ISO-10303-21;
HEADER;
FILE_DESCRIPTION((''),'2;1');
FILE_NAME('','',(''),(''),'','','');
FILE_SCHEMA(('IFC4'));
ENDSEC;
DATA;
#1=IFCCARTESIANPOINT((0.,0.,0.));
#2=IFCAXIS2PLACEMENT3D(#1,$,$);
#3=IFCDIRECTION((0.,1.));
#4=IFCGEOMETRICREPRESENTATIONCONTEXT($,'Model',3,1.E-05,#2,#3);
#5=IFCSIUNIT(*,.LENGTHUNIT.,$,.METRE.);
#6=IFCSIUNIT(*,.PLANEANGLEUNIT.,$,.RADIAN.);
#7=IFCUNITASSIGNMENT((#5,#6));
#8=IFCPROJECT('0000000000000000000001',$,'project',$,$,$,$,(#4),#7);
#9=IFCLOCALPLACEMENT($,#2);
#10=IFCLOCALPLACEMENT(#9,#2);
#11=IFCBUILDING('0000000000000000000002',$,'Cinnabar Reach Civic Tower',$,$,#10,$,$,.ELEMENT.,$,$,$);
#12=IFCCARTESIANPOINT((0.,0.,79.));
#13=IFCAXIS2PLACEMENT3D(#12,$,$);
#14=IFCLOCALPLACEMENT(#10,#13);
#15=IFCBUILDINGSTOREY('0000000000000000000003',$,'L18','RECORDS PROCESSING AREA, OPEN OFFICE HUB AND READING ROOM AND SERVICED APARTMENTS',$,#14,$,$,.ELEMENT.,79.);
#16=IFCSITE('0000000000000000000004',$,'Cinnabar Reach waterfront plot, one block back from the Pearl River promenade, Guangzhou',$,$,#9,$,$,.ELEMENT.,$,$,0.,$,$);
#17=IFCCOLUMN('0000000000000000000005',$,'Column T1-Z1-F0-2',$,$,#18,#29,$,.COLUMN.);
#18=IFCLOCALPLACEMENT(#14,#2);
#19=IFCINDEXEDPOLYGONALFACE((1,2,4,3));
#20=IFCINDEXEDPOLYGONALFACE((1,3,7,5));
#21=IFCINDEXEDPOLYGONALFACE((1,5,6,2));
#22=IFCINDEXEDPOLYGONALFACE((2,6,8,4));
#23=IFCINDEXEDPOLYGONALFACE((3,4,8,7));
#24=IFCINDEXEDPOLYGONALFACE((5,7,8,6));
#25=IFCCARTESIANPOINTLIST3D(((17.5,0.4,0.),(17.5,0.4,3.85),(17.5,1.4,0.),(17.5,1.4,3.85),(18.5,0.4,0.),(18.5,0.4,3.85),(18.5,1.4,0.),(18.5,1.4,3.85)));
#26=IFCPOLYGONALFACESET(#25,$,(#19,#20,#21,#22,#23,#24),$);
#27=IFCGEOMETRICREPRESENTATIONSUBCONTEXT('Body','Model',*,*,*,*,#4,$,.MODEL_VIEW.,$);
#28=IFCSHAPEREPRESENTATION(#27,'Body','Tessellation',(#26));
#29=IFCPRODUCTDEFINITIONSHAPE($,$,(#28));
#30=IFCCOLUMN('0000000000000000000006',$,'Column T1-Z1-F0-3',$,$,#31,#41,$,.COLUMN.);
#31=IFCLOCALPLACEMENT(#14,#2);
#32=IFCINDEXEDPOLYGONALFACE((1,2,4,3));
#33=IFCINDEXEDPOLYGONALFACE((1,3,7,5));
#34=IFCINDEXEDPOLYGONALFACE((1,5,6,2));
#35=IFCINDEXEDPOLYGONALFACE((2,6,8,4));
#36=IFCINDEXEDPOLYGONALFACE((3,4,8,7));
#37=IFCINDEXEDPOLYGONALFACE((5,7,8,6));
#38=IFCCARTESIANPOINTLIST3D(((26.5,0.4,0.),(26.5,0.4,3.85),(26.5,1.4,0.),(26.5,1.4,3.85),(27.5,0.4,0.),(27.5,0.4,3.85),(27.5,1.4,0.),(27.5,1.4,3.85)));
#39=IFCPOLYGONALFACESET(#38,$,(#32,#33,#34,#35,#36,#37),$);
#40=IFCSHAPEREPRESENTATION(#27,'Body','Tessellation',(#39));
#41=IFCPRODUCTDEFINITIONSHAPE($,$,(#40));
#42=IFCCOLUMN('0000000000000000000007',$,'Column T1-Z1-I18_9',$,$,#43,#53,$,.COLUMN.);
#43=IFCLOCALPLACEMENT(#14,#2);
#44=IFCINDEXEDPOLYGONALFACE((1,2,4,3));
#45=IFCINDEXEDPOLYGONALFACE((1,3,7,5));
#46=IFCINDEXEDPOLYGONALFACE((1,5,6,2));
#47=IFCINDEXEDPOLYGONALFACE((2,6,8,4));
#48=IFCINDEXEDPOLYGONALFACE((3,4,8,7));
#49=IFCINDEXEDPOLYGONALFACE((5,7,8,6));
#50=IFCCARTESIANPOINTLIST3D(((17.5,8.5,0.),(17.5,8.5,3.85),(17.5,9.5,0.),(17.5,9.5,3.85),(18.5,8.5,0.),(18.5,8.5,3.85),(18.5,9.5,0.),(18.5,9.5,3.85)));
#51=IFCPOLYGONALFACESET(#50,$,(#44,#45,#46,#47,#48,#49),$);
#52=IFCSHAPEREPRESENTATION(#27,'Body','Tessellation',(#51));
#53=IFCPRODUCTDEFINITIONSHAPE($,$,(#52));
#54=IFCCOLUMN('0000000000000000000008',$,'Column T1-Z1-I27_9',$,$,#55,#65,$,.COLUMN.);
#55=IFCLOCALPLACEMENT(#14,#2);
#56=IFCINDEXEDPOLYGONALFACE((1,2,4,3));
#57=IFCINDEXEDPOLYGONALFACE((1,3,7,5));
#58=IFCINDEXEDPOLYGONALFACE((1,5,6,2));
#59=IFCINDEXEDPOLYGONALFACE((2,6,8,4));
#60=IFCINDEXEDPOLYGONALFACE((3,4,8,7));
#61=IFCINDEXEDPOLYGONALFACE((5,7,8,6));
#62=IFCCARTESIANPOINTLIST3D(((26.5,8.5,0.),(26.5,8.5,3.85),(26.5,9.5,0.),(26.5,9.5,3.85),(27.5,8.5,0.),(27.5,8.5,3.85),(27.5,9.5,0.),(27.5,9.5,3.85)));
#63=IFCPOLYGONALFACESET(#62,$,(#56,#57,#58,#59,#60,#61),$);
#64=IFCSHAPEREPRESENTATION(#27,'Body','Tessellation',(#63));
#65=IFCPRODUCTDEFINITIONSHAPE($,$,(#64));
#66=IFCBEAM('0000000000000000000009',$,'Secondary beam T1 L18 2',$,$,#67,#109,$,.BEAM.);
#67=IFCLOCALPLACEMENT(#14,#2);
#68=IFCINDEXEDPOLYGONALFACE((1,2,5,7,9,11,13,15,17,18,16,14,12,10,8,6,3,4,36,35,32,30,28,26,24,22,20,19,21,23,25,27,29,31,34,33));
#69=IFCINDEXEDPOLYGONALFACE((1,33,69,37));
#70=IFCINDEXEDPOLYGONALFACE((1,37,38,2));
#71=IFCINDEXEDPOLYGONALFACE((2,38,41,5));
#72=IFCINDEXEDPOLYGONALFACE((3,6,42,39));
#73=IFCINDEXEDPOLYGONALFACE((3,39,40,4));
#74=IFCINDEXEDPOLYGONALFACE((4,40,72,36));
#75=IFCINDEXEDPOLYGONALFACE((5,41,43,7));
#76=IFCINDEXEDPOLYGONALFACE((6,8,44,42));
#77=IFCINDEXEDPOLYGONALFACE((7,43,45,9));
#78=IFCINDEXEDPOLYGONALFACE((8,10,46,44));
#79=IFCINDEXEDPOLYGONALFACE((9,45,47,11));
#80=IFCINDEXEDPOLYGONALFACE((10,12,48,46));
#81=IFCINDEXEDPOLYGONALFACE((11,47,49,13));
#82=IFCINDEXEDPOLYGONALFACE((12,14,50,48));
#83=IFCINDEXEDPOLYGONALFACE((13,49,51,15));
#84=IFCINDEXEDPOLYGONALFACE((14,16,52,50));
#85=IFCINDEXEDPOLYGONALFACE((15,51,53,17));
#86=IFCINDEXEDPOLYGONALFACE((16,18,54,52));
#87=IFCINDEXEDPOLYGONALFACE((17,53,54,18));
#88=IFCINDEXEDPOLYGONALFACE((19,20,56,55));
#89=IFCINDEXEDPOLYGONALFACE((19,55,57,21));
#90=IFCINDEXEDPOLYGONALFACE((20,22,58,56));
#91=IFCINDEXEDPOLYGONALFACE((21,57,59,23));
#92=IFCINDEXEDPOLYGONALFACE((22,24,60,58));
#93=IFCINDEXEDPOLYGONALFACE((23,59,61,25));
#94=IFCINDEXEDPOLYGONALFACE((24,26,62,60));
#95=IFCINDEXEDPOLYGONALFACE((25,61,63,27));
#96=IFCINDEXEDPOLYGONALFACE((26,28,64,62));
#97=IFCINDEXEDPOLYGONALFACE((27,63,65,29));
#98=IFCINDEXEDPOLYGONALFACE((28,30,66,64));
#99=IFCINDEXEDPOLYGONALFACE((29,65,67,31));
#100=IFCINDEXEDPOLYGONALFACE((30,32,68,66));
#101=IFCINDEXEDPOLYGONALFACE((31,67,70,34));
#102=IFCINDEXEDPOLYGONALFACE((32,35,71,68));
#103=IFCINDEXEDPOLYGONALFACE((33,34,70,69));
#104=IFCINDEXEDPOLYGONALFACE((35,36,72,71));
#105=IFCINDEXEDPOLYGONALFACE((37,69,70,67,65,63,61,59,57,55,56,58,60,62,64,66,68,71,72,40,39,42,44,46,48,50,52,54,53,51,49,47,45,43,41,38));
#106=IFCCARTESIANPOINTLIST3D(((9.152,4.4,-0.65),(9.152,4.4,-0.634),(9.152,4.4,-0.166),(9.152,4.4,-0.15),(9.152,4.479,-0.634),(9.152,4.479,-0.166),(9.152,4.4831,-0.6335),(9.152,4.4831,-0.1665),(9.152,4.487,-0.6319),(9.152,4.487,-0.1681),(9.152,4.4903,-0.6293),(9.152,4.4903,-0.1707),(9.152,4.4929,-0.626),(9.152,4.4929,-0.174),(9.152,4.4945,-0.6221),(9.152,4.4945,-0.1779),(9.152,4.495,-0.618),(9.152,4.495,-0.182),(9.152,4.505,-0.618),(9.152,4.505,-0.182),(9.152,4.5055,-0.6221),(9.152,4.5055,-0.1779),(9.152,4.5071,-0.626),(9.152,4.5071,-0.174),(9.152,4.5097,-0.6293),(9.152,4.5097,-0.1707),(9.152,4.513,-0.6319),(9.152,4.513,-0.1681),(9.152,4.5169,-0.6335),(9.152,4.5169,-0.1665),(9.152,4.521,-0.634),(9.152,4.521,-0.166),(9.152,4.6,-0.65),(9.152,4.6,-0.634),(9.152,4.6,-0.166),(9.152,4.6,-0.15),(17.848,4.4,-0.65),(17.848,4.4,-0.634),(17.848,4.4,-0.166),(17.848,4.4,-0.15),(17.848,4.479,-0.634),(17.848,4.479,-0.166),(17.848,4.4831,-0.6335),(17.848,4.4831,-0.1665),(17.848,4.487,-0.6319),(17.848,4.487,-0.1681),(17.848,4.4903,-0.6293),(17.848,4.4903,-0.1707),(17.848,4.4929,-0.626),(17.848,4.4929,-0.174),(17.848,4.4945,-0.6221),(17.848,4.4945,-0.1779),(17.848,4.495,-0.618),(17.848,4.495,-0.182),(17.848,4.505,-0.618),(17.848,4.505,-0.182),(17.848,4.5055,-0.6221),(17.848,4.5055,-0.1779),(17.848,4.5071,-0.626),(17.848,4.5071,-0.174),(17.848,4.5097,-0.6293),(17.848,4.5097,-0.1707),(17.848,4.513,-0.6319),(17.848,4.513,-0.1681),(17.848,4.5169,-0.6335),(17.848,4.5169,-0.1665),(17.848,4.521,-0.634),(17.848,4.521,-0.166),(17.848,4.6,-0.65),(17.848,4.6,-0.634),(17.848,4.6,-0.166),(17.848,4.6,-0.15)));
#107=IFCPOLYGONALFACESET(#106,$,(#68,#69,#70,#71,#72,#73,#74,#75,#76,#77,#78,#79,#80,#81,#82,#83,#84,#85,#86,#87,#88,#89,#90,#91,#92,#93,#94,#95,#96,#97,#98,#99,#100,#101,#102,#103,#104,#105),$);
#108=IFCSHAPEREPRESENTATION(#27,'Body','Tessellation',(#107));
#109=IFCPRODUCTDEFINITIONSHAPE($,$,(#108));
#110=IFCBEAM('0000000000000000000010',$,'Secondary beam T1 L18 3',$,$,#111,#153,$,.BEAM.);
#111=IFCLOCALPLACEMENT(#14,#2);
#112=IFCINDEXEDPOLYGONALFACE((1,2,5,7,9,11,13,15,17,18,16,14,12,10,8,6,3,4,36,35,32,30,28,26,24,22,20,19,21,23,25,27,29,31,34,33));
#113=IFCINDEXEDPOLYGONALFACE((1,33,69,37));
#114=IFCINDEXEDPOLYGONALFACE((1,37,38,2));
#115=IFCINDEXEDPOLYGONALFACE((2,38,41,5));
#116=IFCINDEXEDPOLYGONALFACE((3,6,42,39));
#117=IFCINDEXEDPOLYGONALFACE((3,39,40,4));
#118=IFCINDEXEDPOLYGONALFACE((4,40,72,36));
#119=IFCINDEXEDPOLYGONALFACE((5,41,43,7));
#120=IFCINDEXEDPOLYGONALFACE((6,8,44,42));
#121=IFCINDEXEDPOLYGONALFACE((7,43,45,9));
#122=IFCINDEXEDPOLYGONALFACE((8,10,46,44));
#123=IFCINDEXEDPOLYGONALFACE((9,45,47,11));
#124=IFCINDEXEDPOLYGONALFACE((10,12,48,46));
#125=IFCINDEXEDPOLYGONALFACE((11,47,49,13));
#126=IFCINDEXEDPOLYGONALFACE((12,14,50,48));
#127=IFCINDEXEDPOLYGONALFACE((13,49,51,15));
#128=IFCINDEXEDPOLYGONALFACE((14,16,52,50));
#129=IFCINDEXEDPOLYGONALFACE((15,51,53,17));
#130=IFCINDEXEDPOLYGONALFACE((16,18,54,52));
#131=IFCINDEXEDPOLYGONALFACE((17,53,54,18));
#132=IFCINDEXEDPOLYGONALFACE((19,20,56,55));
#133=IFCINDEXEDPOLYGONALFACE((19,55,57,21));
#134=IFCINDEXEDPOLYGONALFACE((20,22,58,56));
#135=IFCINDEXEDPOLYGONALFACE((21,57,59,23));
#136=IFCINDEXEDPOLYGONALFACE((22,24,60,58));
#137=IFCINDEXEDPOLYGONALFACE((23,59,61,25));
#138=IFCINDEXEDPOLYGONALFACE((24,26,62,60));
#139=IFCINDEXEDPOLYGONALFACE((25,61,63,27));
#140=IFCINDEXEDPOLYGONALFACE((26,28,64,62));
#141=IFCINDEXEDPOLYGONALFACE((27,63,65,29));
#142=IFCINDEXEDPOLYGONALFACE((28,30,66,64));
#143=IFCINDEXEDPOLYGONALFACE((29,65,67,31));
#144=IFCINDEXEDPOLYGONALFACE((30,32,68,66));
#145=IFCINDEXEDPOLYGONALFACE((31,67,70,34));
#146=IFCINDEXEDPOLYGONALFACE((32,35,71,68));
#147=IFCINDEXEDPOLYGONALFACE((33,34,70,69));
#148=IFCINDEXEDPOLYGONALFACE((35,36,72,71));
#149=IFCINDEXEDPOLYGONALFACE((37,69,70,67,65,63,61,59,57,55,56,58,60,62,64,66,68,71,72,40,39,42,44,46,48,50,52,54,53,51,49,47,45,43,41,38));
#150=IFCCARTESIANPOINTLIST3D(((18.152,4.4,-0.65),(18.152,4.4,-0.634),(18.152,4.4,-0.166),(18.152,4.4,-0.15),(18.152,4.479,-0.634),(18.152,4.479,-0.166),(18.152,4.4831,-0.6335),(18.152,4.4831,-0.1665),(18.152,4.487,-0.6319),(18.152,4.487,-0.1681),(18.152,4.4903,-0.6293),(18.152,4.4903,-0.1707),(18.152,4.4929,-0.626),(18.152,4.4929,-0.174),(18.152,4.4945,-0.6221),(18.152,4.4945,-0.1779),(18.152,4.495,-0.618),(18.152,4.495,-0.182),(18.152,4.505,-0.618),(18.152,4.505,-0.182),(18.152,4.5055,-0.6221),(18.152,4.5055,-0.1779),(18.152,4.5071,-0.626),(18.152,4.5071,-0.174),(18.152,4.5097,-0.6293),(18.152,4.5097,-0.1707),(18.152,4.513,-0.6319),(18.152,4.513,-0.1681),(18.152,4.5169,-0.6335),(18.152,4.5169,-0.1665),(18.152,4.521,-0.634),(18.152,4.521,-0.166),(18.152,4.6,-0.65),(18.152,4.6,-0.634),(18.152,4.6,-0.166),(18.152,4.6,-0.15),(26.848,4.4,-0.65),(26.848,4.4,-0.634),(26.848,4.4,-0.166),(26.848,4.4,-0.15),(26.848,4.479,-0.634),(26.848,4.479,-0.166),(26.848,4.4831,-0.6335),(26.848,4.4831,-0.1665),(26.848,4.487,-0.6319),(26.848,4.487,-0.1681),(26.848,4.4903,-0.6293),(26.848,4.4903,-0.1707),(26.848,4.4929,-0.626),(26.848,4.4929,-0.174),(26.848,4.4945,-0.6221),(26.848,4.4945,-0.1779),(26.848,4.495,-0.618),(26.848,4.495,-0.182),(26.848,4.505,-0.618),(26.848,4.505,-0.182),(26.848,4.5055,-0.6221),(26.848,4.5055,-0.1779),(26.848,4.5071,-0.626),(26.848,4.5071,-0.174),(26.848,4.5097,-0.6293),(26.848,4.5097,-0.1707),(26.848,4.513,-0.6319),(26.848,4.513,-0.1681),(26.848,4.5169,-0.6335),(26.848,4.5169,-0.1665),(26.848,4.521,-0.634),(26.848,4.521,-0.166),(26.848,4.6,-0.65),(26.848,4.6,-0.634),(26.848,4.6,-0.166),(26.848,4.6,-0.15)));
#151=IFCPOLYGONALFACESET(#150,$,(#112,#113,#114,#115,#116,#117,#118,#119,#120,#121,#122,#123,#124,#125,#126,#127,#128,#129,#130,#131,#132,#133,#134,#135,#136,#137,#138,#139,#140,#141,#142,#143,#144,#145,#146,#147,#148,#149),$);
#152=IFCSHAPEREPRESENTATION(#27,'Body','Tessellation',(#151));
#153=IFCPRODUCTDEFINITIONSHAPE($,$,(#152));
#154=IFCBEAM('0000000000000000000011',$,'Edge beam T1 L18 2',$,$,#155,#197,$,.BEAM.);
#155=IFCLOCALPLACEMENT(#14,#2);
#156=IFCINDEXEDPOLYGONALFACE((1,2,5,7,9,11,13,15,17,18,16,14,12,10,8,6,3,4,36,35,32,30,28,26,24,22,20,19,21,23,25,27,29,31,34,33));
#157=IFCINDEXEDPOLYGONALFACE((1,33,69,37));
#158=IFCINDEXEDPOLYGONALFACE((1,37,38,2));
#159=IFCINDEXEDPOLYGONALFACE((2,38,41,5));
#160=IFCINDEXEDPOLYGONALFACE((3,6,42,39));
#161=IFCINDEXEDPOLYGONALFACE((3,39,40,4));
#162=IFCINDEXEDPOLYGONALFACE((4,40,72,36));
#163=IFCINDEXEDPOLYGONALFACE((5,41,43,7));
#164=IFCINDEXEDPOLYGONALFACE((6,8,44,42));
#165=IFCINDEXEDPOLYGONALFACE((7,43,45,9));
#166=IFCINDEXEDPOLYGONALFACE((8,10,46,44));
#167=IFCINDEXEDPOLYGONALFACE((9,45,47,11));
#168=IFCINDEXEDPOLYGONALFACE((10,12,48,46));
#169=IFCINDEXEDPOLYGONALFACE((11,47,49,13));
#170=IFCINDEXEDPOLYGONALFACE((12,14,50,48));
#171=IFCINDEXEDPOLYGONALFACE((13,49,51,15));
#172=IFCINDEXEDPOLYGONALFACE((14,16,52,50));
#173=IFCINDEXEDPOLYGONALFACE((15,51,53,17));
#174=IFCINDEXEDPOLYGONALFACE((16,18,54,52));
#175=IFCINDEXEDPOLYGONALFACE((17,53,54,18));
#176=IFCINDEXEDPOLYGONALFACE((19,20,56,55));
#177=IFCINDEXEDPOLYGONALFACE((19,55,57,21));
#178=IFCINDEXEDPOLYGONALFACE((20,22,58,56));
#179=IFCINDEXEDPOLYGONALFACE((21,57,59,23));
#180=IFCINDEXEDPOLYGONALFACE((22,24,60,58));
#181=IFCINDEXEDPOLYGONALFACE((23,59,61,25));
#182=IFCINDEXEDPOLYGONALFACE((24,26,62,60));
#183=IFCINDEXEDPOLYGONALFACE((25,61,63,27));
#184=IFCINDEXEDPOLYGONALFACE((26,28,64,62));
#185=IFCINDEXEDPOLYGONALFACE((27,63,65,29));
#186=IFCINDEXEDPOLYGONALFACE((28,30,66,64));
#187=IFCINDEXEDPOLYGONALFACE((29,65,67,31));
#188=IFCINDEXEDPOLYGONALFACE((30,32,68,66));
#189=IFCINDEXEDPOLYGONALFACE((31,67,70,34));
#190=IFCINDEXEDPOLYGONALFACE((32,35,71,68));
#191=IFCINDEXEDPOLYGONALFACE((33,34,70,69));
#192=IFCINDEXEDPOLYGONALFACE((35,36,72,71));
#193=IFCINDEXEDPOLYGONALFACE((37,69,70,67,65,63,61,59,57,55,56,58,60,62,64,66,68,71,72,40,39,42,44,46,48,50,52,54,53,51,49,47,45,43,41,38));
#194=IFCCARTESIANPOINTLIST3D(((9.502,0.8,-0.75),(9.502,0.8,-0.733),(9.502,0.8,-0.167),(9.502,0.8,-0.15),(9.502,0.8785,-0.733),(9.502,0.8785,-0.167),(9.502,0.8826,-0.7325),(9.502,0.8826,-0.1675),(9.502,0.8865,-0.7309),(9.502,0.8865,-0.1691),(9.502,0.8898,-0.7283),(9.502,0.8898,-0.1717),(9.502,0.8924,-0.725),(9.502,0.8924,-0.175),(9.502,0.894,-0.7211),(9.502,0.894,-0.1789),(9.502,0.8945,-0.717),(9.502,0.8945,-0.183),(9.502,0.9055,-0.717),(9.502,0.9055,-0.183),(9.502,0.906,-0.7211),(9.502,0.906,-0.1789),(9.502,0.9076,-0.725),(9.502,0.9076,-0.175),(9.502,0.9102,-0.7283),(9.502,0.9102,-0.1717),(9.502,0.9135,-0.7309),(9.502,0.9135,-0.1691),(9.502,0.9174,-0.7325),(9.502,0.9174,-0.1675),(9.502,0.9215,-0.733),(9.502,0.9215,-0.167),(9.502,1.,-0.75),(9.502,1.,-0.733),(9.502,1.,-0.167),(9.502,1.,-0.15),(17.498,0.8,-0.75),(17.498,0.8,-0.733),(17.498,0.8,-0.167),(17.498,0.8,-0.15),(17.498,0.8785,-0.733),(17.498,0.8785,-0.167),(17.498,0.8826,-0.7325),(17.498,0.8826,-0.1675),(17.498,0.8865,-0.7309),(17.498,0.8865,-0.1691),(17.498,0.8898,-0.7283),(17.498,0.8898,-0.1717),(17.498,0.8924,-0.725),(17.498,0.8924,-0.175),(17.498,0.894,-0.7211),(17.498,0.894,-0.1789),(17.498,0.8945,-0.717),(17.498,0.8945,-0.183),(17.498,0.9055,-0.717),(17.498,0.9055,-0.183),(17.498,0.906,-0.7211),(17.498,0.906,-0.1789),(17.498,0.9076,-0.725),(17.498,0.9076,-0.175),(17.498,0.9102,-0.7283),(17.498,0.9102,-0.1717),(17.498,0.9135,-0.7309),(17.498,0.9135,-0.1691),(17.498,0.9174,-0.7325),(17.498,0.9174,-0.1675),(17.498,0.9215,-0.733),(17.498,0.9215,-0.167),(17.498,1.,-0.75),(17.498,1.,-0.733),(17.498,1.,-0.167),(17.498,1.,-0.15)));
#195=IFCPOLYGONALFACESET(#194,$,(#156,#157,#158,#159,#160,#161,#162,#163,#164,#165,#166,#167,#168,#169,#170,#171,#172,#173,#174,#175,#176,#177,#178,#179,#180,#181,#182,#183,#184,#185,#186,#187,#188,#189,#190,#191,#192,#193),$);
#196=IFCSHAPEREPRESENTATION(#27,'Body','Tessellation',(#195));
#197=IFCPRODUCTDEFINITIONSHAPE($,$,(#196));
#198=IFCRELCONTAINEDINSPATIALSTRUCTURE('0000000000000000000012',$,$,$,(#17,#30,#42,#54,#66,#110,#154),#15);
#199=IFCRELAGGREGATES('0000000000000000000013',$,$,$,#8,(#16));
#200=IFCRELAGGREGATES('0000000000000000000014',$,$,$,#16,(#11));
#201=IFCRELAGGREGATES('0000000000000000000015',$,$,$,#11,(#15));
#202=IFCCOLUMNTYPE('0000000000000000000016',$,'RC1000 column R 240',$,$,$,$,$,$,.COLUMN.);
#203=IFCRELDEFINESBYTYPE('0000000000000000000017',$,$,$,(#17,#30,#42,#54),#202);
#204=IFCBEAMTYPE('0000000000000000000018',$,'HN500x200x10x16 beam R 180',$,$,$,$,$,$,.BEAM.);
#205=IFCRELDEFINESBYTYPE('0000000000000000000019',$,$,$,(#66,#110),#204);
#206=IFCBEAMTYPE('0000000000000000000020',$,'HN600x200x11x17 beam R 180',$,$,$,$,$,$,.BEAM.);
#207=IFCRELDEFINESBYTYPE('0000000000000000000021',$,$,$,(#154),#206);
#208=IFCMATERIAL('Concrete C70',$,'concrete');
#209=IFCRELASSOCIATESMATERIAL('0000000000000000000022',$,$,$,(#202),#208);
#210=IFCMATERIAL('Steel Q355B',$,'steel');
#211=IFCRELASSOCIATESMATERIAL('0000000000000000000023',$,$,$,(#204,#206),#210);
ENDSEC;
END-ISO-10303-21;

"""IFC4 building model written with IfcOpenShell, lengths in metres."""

from ifc_helpers import new_model, si_unit, direction, frame, origin, origin_2d, place, context, subcontext, project, spatial, rectangle, i_section, extrude, material, material_profile, profile_set, type_object, element, save


model = new_model("IFC4")

# Units and contexts
model_context = context("Model", 3, precision=1e-05, world=origin(), true_north=direction((0.0, 1.0)))
body_context = subcontext(model_context, "Body", "Model", "MODEL_VIEW")
ifc_project = project(units=[si_unit("LENGTHUNIT", "METRE"), si_unit("PLANEANGLEUNIT", "RADIAN")], contexts=[model_context])

# Site, building, storey
site_placement = place(None, origin())
site = spatial("IfcSite", under=ifc_project, at=site_placement, Name="Cinnabar Reach waterfront plot, one block back from the Pearl River promenade, Guangzhou", CompositionType="ELEMENT", RefElevation=0.0)
building_placement = place(site_placement, origin())
building = spatial("IfcBuilding", under=site, at=building_placement, Name="Cinnabar Reach Civic Tower", CompositionType="ELEMENT")
storey_placement = place(building_placement, frame((0.0, 0.0, 79.0)))
storey = spatial("IfcBuildingStorey", under=building, at=storey_placement, Name="L18", Description="RECORDS PROCESSING AREA, OPEN OFFICE HUB AND READING ROOM AND SERVICED APARTMENTS", CompositionType="ELEMENT", Elevation=79.0)

# Columns
ifc_material_1 = material(Name="Concrete C70", Category="concrete")
ifc_material_profile_1 = material_profile(ifc_material_1, rectangle(XDim=1.0, YDim=1.0, at=origin_2d()), Name="RC1000")
ifc_profile_set_1 = profile_set([ifc_material_profile_1], Name="Concrete C70")
column_type = type_object("IfcColumnType", Name="RC1000 column R 240", PredefinedType="COLUMN", material=ifc_profile_set_1)
for number, where, z_axis, x_axis, name in (
    (1, (18.0, 0.9, 0.0), (0.0, 0.0, 1.0), (1.0, 0.0, 0.0), "Column T1-Z1-F0-2"),
    (2, (27.0, 0.9, 0.0), (0.0, 0.0, 1.0), (1.0, 0.0, 0.0), "Column T1-Z1-F0-3"),
    (3, (18.0, 9.0, 0.0), (0.0, 0.0, 1.0), (1.0, 0.0, 0.0), "Column T1-Z1-I18_9"),
    (4, (27.0, 9.0, 0.0), (0.0, 0.0, 1.0), (1.0, 0.0, 0.0), "Column T1-Z1-I27_9"),
):
    element("IfcColumn", number, at=place(storey_placement, frame(where, z_axis=z_axis, x_axis=x_axis)), inside=storey, type_object=column_type, Name=name, PredefinedType="COLUMN", context=body_context, shape_type="SweptSolid", body=[
        extrude(rectangle(XDim=1.0, YDim=1.0, at=origin_2d()), origin(), (0.0, 0.0, 1.0), 3.85),
    ])

# Beams
ifc_material_2 = material(Name="Steel Q355B", Category="steel")
ifc_material_profile_2 = material_profile(ifc_material_2, i_section(OverallWidth=0.2, OverallDepth=0.5, WebThickness=0.01, FlangeThickness=0.016, FilletRadius=0.016, at=origin_2d()), Name="HN500x200x10x16")
ifc_profile_set_2 = profile_set([ifc_material_profile_2], Name="Steel Q355B")
beam_type_1 = type_object("IfcBeamType", Name="HN500x200x10x16 beam R 180", PredefinedType="BEAM", material=ifc_profile_set_2)
for number, where, z_axis, x_axis, name in (
    (5, (9.152, 4.5, -0.4), (1.0, 0.0, 0.0), (0.0, 1.0, 0.0), "Secondary beam T1 L18 2"),
    (6, (18.152, 4.5, -0.4), (1.0, 0.0, 0.0), (0.0, 1.0, 0.0), "Secondary beam T1 L18 3"),
):
    element("IfcBeam", number, at=place(storey_placement, frame(where, z_axis=z_axis, x_axis=x_axis)), inside=storey, type_object=beam_type_1, Name=name, PredefinedType="BEAM", context=body_context, shape_type="SweptSolid", body=[
        extrude(i_section(OverallWidth=0.2, OverallDepth=0.5, WebThickness=0.01, FlangeThickness=0.016, FilletRadius=0.016, at=origin_2d()), origin(), (0.0, 0.0, 1.0), 8.696),
    ])
ifc_material_profile_3 = material_profile(ifc_material_2, i_section(OverallWidth=0.2, OverallDepth=0.6, WebThickness=0.011, FlangeThickness=0.017, FilletRadius=0.016, at=origin_2d()), Name="HN600x200x11x17")
ifc_profile_set_3 = profile_set([ifc_material_profile_3], Name="Steel Q355B")
beam_type_2 = type_object("IfcBeamType", Name="HN600x200x11x17 beam R 180", PredefinedType="BEAM", material=ifc_profile_set_3)
for number, where, z_axis, x_axis, name in (
    (7, (9.502, 0.9, -0.45), (1.0, 0.0, 0.0), (0.0, 1.0, 0.0), "Edge beam T1 L18 2"),
):
    element("IfcBeam", number, at=place(storey_placement, frame(where, z_axis=z_axis, x_axis=x_axis)), inside=storey, type_object=beam_type_2, Name=name, PredefinedType="BEAM", context=body_context, shape_type="SweptSolid", body=[
        extrude(i_section(OverallWidth=0.2, OverallDepth=0.6, WebThickness=0.011, FlangeThickness=0.017, FilletRadius=0.016, at=origin_2d()), origin(), (0.0, 0.0, 1.0), 7.996),
    ])

save(model, "model.ifc")
